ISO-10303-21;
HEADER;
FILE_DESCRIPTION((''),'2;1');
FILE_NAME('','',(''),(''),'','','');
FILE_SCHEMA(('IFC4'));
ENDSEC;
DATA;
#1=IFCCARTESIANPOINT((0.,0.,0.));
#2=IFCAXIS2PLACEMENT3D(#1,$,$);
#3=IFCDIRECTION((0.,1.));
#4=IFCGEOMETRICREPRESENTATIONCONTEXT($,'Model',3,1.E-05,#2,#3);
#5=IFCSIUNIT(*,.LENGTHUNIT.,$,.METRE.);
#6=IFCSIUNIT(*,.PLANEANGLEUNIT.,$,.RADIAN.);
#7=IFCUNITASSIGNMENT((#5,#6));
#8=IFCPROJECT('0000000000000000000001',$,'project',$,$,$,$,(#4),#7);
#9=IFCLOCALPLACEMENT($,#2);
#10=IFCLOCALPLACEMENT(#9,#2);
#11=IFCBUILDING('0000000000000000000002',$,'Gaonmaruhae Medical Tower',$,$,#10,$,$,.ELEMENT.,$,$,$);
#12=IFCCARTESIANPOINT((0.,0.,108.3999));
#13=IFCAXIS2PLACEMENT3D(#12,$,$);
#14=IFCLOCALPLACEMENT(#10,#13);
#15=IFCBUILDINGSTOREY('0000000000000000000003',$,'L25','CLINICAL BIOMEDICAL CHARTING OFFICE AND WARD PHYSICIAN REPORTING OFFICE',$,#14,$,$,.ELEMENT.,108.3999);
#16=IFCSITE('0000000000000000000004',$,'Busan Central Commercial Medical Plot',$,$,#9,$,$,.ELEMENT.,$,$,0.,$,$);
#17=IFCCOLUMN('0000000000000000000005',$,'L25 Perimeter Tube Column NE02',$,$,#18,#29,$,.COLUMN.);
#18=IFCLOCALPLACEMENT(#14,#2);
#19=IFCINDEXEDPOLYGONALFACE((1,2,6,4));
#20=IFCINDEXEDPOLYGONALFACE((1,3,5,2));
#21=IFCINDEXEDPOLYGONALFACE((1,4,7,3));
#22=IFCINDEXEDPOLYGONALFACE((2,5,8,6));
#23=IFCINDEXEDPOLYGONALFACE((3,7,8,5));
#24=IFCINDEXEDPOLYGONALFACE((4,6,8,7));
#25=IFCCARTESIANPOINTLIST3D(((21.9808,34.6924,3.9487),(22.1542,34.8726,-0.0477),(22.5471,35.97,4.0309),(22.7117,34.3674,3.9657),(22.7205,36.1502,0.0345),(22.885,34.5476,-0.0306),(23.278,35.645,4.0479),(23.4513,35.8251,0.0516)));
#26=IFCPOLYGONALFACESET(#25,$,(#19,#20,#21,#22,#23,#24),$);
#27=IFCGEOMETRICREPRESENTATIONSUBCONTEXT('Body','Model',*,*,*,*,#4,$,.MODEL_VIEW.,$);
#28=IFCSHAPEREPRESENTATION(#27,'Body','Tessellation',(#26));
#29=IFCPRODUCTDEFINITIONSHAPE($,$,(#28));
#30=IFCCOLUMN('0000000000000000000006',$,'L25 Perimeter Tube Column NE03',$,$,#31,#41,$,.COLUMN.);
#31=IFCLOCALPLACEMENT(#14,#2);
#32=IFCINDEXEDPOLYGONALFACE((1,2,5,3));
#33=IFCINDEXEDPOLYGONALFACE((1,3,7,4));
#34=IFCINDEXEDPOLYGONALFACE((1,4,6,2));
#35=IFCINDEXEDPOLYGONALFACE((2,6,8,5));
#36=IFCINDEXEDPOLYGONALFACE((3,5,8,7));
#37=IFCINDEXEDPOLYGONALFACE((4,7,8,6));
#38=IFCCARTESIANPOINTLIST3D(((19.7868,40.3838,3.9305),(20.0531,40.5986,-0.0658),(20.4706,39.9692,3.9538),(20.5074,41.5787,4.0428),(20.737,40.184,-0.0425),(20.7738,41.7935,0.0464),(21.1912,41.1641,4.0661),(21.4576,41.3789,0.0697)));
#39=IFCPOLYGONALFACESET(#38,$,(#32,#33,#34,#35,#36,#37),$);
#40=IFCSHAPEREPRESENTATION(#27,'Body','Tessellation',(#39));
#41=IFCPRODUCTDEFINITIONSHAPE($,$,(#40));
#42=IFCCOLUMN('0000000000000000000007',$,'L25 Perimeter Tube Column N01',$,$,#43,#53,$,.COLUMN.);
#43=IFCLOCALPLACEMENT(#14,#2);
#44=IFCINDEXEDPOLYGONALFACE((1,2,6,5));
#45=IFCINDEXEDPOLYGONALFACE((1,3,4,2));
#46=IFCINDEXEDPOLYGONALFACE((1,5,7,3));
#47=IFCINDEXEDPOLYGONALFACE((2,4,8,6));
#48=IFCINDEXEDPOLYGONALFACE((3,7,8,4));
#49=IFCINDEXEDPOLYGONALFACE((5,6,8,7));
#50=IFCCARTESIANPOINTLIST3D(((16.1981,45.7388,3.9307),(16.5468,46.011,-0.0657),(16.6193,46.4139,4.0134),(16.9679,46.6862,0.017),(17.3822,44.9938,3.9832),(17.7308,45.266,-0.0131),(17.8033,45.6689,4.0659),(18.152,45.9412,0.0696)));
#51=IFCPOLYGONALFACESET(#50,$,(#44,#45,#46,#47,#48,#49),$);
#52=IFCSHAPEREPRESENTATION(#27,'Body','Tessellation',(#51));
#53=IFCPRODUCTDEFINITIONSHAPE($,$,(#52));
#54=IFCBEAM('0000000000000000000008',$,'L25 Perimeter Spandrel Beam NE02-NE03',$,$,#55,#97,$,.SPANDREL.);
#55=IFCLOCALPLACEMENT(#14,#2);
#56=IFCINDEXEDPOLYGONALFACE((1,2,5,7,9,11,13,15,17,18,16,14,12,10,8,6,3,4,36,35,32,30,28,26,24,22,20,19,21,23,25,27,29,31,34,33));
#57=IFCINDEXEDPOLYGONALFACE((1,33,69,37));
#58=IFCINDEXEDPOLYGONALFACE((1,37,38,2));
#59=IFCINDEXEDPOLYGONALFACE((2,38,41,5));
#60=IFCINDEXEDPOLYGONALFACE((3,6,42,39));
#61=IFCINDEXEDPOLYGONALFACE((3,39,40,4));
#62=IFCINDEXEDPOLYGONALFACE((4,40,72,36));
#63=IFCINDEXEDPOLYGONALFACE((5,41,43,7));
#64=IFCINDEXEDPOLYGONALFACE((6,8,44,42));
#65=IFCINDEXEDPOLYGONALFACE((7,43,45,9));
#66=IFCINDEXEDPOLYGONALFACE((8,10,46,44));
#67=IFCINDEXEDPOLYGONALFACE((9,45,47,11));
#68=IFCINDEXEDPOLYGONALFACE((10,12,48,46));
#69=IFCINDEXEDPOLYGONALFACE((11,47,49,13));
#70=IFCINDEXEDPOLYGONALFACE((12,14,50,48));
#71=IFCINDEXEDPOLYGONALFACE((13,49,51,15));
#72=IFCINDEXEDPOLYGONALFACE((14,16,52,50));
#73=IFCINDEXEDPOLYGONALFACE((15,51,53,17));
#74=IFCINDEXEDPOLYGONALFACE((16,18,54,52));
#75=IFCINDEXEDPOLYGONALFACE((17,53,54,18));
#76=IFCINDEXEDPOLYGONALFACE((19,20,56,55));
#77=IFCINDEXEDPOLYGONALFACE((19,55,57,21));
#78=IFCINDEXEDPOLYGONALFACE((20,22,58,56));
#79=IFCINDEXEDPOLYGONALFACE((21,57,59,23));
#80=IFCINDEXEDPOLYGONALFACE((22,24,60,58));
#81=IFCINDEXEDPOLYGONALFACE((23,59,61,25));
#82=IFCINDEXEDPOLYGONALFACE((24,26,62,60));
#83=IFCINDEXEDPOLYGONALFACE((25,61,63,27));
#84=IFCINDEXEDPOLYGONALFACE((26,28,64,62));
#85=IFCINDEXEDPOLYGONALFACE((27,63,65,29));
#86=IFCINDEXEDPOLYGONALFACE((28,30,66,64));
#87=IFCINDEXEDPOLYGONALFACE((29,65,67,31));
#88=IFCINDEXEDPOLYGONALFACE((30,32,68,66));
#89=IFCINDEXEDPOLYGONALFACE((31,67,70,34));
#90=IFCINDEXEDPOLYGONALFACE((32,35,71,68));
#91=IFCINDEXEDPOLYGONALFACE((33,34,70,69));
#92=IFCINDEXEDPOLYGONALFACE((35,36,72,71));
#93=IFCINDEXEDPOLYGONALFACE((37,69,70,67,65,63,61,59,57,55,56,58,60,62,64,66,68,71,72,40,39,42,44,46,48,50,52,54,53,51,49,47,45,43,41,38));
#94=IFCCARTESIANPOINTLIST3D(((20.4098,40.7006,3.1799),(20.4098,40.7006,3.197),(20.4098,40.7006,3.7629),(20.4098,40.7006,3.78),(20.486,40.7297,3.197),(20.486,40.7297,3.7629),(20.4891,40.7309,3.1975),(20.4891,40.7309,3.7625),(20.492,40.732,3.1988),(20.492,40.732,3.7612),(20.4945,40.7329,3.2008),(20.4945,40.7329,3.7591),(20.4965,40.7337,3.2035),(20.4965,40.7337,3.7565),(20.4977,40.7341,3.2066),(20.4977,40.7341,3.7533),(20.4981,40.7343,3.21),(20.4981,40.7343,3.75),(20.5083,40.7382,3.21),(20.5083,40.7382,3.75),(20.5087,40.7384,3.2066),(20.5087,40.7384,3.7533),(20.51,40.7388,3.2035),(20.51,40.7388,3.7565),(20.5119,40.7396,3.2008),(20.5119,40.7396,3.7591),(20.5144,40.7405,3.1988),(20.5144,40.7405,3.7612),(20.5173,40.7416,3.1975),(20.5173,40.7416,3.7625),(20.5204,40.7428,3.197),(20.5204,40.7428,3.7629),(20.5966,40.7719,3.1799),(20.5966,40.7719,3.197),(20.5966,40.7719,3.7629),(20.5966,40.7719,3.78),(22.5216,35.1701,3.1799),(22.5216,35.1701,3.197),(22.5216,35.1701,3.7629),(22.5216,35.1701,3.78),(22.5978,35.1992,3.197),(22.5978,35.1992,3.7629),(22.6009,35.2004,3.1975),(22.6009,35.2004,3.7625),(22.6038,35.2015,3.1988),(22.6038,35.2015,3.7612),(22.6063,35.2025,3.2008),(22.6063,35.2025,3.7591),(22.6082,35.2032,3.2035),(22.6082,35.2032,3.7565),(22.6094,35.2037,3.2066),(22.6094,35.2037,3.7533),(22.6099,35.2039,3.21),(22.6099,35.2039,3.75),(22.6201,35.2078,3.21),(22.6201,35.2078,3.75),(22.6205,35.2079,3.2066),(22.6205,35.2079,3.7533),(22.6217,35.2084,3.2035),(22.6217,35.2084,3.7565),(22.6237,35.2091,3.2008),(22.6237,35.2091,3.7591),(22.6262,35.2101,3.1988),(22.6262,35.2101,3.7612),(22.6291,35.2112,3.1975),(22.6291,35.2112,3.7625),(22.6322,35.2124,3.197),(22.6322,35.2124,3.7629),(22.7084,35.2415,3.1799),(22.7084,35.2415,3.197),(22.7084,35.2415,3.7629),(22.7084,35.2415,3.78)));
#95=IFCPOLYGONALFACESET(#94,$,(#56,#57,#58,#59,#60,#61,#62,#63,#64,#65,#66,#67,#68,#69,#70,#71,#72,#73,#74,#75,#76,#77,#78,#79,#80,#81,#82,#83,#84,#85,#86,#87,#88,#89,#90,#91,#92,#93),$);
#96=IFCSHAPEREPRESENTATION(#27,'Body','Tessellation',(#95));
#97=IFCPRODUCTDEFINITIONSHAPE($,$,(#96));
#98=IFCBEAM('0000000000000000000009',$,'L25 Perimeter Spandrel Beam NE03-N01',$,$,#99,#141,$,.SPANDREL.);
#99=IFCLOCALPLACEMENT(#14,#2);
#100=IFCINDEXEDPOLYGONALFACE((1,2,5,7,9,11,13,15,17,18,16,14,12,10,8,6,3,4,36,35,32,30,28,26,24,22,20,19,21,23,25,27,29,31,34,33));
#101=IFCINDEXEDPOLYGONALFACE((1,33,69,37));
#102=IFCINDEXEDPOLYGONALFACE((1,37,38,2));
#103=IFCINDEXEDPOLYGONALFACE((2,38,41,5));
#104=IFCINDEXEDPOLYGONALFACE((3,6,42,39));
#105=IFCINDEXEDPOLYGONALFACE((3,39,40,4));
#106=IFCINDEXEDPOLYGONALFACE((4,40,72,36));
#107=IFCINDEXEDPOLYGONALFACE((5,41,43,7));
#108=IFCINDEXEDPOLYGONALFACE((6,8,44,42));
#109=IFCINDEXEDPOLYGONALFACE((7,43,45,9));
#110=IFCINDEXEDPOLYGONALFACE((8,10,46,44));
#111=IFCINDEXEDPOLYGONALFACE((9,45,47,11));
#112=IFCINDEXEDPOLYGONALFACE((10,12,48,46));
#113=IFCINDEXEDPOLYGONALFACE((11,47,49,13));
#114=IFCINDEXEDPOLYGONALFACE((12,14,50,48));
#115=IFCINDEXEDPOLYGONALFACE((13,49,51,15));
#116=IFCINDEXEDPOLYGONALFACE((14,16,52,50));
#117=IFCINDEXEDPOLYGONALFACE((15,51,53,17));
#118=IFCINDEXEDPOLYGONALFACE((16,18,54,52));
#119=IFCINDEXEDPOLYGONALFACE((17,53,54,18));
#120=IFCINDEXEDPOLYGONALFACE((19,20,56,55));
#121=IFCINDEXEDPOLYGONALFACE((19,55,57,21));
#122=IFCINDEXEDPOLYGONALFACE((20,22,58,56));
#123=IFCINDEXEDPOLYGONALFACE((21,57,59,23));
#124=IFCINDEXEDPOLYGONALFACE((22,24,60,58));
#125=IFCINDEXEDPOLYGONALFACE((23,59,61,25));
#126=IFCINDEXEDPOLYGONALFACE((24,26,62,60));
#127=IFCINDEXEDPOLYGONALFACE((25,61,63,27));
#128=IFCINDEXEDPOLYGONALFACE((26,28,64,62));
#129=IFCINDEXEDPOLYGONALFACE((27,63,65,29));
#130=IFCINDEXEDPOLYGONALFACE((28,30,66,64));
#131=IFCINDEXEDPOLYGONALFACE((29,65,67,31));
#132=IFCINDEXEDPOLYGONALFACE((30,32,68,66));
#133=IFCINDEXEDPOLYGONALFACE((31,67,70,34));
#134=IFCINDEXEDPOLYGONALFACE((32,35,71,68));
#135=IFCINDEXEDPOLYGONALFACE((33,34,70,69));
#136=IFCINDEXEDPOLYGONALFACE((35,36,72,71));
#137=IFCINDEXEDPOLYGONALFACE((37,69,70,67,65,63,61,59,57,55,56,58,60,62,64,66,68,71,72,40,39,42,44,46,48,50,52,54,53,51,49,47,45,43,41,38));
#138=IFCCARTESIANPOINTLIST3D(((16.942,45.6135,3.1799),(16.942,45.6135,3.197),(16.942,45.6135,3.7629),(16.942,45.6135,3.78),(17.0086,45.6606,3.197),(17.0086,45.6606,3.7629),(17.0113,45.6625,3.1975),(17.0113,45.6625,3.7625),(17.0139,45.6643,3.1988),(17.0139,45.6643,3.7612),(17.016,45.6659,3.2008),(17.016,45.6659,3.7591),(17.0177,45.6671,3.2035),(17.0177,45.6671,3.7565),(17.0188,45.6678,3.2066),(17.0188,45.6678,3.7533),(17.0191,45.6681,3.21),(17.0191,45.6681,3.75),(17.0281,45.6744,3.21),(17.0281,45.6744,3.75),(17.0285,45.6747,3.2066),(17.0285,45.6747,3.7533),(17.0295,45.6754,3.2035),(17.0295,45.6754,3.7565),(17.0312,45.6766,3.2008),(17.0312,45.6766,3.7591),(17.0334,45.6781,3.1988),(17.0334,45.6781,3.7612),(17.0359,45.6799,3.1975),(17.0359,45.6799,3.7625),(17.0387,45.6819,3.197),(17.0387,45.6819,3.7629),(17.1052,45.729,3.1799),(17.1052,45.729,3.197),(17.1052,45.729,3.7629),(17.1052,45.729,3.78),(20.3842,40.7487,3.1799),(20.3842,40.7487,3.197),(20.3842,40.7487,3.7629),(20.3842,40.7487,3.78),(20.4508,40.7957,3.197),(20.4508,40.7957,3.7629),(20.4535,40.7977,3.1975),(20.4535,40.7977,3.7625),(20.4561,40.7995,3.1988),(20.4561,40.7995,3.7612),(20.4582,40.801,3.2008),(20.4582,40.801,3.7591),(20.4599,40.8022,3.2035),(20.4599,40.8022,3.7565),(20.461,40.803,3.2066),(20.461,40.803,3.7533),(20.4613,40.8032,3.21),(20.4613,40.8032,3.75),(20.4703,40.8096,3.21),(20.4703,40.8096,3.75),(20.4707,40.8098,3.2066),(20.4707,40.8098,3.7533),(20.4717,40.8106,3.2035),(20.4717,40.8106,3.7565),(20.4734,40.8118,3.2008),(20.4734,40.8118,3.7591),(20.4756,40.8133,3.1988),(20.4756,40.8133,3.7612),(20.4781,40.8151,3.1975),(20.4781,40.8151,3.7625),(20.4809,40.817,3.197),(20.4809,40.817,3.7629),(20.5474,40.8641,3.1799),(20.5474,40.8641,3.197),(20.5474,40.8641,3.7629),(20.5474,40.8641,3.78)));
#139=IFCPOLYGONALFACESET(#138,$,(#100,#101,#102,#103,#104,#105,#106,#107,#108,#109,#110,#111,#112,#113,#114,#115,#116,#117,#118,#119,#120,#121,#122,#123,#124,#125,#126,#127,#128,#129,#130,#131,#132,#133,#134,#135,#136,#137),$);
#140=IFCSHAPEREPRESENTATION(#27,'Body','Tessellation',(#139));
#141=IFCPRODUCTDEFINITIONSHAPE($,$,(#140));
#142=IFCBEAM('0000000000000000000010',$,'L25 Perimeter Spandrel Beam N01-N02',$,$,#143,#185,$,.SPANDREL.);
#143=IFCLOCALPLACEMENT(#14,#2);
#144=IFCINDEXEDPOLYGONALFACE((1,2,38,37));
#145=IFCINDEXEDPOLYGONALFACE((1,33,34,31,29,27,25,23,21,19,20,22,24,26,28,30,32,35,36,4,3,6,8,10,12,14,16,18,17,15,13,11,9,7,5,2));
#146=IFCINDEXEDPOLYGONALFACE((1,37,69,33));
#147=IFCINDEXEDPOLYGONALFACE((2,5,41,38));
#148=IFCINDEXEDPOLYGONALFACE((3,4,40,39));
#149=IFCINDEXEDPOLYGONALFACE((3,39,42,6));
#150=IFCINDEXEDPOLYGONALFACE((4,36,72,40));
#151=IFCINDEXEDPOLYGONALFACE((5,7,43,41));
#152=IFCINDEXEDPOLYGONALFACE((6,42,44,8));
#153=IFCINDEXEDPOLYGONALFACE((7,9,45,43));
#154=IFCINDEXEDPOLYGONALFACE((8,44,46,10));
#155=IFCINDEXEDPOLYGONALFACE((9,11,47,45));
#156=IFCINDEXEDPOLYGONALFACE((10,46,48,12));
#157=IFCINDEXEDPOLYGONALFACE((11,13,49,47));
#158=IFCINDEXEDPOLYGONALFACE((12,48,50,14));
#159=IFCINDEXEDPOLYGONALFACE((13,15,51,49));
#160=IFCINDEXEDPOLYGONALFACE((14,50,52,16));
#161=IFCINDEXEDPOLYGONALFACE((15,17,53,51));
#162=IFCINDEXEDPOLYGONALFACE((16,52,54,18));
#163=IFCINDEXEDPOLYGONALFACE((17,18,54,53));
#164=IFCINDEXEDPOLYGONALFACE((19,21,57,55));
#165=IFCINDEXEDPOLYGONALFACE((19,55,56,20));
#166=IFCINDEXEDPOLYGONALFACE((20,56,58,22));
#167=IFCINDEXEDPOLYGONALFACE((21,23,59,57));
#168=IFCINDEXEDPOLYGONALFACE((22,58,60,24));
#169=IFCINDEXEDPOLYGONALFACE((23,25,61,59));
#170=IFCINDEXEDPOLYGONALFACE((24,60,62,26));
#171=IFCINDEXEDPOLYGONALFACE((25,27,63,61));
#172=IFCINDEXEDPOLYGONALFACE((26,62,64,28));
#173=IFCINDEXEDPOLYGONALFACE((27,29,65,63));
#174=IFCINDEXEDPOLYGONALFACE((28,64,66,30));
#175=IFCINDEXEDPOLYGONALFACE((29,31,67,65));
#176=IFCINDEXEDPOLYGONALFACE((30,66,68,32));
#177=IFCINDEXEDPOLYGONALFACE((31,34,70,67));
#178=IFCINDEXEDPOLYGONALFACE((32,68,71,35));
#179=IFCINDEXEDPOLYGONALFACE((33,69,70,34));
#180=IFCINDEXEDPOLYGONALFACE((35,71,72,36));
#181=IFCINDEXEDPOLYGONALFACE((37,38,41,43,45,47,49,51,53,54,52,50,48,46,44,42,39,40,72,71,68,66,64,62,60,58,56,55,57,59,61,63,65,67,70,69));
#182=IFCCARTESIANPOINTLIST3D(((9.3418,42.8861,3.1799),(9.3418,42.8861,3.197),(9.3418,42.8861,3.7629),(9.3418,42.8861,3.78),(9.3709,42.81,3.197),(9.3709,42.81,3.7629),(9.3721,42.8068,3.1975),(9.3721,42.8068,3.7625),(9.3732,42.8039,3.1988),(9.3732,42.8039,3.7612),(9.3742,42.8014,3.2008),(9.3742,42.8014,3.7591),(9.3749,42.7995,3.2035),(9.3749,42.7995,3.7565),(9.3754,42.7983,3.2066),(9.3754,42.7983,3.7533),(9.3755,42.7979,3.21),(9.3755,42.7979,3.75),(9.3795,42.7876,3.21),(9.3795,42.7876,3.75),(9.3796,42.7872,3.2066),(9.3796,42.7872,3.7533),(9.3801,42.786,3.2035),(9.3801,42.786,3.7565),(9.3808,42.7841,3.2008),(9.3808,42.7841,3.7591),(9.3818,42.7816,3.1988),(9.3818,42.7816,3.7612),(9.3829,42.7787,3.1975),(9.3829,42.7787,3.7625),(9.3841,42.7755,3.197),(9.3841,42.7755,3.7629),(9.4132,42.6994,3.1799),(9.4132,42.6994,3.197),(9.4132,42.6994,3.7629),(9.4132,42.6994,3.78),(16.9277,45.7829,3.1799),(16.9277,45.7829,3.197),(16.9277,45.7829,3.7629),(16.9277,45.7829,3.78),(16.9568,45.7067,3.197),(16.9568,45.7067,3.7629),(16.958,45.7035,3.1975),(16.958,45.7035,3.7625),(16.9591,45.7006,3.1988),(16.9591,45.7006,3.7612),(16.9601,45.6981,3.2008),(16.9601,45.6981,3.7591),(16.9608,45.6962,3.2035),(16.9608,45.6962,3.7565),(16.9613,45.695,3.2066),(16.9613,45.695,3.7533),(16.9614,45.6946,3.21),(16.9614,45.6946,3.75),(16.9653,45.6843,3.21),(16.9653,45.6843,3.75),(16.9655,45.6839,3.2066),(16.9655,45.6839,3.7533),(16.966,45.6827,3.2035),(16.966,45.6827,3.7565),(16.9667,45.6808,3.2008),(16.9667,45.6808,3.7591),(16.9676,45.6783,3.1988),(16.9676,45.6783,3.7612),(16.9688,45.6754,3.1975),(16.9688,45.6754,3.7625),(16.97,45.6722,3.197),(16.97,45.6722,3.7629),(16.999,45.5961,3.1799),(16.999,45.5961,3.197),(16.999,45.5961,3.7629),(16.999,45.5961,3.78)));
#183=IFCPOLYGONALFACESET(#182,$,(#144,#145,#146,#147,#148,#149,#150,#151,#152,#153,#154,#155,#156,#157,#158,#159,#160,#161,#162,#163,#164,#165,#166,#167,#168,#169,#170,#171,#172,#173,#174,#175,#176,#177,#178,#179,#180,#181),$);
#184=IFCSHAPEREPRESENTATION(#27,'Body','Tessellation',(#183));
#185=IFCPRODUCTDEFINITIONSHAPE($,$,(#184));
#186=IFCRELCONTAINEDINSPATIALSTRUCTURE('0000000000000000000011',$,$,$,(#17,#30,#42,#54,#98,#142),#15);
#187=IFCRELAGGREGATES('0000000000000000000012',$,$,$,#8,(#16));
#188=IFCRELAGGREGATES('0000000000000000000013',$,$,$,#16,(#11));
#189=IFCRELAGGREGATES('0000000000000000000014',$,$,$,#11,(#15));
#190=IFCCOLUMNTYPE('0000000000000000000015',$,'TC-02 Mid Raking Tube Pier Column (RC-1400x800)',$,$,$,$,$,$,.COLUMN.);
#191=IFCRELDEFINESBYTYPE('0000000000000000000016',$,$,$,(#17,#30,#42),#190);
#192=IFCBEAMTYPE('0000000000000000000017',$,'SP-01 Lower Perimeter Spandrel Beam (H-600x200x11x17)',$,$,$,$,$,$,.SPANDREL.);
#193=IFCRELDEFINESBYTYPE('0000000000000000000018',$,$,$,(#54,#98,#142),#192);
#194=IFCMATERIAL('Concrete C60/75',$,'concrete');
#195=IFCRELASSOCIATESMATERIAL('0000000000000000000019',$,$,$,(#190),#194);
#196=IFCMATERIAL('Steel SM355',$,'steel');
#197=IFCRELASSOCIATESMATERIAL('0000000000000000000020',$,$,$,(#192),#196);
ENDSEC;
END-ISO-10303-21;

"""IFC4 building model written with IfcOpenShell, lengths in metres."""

from ifc_helpers import new_model, si_unit, direction, frame, origin, origin_2d, place, context, subcontext, project, spatial, rectangle, i_section, extrude, material, material_profile, profile_set, type_object, element, save


model = new_model("IFC4")

# Units and contexts
model_context = context("Model", 3, precision=1e-05, world=origin(), true_north=direction((0.0, 1.0)))
body_context = subcontext(model_context, "Body", "Model", "MODEL_VIEW")
ifc_project = project(units=[si_unit("LENGTHUNIT", "METRE"), si_unit("PLANEANGLEUNIT", "RADIAN")], contexts=[model_context])

# Site, building, storey
site_placement = place(None, origin())
site = spatial("IfcSite", under=ifc_project, at=site_placement, Name="Busan Central Commercial Medical Plot", CompositionType="ELEMENT", RefElevation=0.0)
building_placement = place(site_placement, origin())
building = spatial("IfcBuilding", under=site, at=building_placement, Name="Gaonmaruhae Medical Tower", CompositionType="ELEMENT")
storey_placement = place(building_placement, frame((0.0, 0.0, 108.3999)))
storey = spatial("IfcBuildingStorey", under=building, at=storey_placement, Name="L25", Description="CLINICAL BIOMEDICAL CHARTING OFFICE AND WARD PHYSICIAN REPORTING OFFICE", CompositionType="ELEMENT", Elevation=108.3999)

# Columns
ifc_material_1 = material(Name="Concrete C60/75", Category="concrete")
ifc_material_profile_1 = material_profile(ifc_material_1, rectangle(XDim=1.3999, YDim=0.8, at=origin_2d()), Name="RC-1400x800")
ifc_profile_set_1 = profile_set([ifc_material_profile_1], Name="Concrete C60/75")
column_type = type_object("IfcColumnType", Name="TC-02 Mid Raking Tube Pier Column (RC-1400x800)", PredefinedType="COLUMN", material=ifc_profile_set_1)
column_1_placement = place(storey_placement, frame((22.8027, 35.3489, 0.002), z_axis=(-0.04329, -0.044997, 0.998049), x_axis=(0.404543, 0.912633, 0.058693)))
element("IfcColumn", 1, at=column_1_placement, inside=storey, type_object=column_type, Name="L25 Perimeter Tube Column NE02", PredefinedType="COLUMN", context=body_context, shape_type="SweptSolid", body=[
    extrude(rectangle(XDim=1.3999, YDim=0.8, at=origin_2d()), origin(), (0.0, 0.0, 1.0), 4.0042),
])
column_2_placement = place(storey_placement, frame((20.7554, 40.9888, 0.002), z_axis=(-0.066407, -0.053564, 0.996354), x_axis=(0.514768, 0.853571, 0.080198)))
element("IfcColumn", 2, at=column_2_placement, inside=storey, type_object=column_type, Name="L25 Perimeter Tube Column NE03", PredefinedType="COLUMN", context=body_context, shape_type="SweptSolid", body=[
    extrude(rectangle(XDim=1.3999, YDim=0.8, at=origin_2d()), origin(), (0.0, 0.0, 1.0), 4.011),
])
column_3_placement = place(storey_placement, frame((17.3494, 45.9761, 0.002), z_axis=(-0.086709, -0.067703, 0.993931), x_axis=(0.845797, -0.532183, 0.037535)))
element("IfcColumn", 3, at=column_3_placement, inside=storey, type_object=column_type, Name="L25 Perimeter Tube Column N01", PredefinedType="COLUMN", context=body_context, shape_type="SweptSolid", body=[
    extrude(rectangle(XDim=1.3999, YDim=0.8, at=origin_2d()), origin(), (0.0, 0.0, 1.0), 4.0208),
])

# Beams
ifc_material_2 = material(Name="Steel SM355", Category="steel")
ifc_material_profile_2 = material_profile(ifc_material_2, i_section(OverallWidth=0.2, OverallDepth=0.6001, WebThickness=0.011, FlangeThickness=0.0171, FilletRadius=0.0129, at=origin_2d()), Name="H-600x200x11x17")
ifc_profile_set_2 = profile_set([ifc_material_profile_2], Name="Steel SM355")
beam_type = type_object("IfcBeamType", Name="SP-01 Lower Perimeter Spandrel Beam (H-600x200x11x17)", PredefinedType="SPANDREL", material=ifc_profile_set_2)
beam_1_placement = place(storey_placement, frame((22.615, 35.2058, 3.48), z_axis=(-0.356726, 0.934209, 0.0), x_axis=(-0.934209, -0.356726, 0.0)))
element("IfcBeam", 4, at=beam_1_placement, inside=storey, type_object=beam_type, Name="L25 Perimeter Spandrel Beam NE02-NE03", PredefinedType="SPANDREL", context=body_context, shape_type="SweptSolid", body=[
    extrude(i_section(OverallWidth=0.2, OverallDepth=0.6001, WebThickness=0.011, FlangeThickness=0.0171, FilletRadius=0.0129, at=origin_2d()), origin(), (0.0, 0.0, 1.0), 5.9199),
])
beam_2_placement = place(storey_placement, frame((20.4658, 40.8064, 3.48), z_axis=(-0.577601, 0.816319, 0.0), x_axis=(-0.816319, -0.577601, 0.0)))
element("IfcBeam", 5, at=beam_2_placement, inside=storey, type_object=beam_type, Name="L25 Perimeter Spandrel Beam NE03-N01", PredefinedType="SPANDREL", context=body_context, shape_type="SweptSolid", body=[
    extrude(i_section(OverallWidth=0.2, OverallDepth=0.6001, WebThickness=0.011, FlangeThickness=0.0171, FilletRadius=0.0129, at=origin_2d()), origin(), (0.0, 0.0, 1.0), 5.9595),
])
beam_3_placement = place(storey_placement, frame((16.9634, 45.6895, 3.48), z_axis=(-0.934207, -0.356732, 0.0), x_axis=(0.356732, -0.934207, 0.0)))
element("IfcBeam", 6, at=beam_3_placement, inside=storey, type_object=beam_type, Name="L25 Perimeter Spandrel Beam N01-N02", PredefinedType="SPANDREL", context=body_context, shape_type="SweptSolid", body=[
    extrude(i_section(OverallWidth=0.2, OverallDepth=0.6001, WebThickness=0.011, FlangeThickness=0.0171, FilletRadius=0.0129, at=origin_2d()), origin(), (0.0, 0.0, 1.0), 8.1201),
])

save(model, "model.ifc")
